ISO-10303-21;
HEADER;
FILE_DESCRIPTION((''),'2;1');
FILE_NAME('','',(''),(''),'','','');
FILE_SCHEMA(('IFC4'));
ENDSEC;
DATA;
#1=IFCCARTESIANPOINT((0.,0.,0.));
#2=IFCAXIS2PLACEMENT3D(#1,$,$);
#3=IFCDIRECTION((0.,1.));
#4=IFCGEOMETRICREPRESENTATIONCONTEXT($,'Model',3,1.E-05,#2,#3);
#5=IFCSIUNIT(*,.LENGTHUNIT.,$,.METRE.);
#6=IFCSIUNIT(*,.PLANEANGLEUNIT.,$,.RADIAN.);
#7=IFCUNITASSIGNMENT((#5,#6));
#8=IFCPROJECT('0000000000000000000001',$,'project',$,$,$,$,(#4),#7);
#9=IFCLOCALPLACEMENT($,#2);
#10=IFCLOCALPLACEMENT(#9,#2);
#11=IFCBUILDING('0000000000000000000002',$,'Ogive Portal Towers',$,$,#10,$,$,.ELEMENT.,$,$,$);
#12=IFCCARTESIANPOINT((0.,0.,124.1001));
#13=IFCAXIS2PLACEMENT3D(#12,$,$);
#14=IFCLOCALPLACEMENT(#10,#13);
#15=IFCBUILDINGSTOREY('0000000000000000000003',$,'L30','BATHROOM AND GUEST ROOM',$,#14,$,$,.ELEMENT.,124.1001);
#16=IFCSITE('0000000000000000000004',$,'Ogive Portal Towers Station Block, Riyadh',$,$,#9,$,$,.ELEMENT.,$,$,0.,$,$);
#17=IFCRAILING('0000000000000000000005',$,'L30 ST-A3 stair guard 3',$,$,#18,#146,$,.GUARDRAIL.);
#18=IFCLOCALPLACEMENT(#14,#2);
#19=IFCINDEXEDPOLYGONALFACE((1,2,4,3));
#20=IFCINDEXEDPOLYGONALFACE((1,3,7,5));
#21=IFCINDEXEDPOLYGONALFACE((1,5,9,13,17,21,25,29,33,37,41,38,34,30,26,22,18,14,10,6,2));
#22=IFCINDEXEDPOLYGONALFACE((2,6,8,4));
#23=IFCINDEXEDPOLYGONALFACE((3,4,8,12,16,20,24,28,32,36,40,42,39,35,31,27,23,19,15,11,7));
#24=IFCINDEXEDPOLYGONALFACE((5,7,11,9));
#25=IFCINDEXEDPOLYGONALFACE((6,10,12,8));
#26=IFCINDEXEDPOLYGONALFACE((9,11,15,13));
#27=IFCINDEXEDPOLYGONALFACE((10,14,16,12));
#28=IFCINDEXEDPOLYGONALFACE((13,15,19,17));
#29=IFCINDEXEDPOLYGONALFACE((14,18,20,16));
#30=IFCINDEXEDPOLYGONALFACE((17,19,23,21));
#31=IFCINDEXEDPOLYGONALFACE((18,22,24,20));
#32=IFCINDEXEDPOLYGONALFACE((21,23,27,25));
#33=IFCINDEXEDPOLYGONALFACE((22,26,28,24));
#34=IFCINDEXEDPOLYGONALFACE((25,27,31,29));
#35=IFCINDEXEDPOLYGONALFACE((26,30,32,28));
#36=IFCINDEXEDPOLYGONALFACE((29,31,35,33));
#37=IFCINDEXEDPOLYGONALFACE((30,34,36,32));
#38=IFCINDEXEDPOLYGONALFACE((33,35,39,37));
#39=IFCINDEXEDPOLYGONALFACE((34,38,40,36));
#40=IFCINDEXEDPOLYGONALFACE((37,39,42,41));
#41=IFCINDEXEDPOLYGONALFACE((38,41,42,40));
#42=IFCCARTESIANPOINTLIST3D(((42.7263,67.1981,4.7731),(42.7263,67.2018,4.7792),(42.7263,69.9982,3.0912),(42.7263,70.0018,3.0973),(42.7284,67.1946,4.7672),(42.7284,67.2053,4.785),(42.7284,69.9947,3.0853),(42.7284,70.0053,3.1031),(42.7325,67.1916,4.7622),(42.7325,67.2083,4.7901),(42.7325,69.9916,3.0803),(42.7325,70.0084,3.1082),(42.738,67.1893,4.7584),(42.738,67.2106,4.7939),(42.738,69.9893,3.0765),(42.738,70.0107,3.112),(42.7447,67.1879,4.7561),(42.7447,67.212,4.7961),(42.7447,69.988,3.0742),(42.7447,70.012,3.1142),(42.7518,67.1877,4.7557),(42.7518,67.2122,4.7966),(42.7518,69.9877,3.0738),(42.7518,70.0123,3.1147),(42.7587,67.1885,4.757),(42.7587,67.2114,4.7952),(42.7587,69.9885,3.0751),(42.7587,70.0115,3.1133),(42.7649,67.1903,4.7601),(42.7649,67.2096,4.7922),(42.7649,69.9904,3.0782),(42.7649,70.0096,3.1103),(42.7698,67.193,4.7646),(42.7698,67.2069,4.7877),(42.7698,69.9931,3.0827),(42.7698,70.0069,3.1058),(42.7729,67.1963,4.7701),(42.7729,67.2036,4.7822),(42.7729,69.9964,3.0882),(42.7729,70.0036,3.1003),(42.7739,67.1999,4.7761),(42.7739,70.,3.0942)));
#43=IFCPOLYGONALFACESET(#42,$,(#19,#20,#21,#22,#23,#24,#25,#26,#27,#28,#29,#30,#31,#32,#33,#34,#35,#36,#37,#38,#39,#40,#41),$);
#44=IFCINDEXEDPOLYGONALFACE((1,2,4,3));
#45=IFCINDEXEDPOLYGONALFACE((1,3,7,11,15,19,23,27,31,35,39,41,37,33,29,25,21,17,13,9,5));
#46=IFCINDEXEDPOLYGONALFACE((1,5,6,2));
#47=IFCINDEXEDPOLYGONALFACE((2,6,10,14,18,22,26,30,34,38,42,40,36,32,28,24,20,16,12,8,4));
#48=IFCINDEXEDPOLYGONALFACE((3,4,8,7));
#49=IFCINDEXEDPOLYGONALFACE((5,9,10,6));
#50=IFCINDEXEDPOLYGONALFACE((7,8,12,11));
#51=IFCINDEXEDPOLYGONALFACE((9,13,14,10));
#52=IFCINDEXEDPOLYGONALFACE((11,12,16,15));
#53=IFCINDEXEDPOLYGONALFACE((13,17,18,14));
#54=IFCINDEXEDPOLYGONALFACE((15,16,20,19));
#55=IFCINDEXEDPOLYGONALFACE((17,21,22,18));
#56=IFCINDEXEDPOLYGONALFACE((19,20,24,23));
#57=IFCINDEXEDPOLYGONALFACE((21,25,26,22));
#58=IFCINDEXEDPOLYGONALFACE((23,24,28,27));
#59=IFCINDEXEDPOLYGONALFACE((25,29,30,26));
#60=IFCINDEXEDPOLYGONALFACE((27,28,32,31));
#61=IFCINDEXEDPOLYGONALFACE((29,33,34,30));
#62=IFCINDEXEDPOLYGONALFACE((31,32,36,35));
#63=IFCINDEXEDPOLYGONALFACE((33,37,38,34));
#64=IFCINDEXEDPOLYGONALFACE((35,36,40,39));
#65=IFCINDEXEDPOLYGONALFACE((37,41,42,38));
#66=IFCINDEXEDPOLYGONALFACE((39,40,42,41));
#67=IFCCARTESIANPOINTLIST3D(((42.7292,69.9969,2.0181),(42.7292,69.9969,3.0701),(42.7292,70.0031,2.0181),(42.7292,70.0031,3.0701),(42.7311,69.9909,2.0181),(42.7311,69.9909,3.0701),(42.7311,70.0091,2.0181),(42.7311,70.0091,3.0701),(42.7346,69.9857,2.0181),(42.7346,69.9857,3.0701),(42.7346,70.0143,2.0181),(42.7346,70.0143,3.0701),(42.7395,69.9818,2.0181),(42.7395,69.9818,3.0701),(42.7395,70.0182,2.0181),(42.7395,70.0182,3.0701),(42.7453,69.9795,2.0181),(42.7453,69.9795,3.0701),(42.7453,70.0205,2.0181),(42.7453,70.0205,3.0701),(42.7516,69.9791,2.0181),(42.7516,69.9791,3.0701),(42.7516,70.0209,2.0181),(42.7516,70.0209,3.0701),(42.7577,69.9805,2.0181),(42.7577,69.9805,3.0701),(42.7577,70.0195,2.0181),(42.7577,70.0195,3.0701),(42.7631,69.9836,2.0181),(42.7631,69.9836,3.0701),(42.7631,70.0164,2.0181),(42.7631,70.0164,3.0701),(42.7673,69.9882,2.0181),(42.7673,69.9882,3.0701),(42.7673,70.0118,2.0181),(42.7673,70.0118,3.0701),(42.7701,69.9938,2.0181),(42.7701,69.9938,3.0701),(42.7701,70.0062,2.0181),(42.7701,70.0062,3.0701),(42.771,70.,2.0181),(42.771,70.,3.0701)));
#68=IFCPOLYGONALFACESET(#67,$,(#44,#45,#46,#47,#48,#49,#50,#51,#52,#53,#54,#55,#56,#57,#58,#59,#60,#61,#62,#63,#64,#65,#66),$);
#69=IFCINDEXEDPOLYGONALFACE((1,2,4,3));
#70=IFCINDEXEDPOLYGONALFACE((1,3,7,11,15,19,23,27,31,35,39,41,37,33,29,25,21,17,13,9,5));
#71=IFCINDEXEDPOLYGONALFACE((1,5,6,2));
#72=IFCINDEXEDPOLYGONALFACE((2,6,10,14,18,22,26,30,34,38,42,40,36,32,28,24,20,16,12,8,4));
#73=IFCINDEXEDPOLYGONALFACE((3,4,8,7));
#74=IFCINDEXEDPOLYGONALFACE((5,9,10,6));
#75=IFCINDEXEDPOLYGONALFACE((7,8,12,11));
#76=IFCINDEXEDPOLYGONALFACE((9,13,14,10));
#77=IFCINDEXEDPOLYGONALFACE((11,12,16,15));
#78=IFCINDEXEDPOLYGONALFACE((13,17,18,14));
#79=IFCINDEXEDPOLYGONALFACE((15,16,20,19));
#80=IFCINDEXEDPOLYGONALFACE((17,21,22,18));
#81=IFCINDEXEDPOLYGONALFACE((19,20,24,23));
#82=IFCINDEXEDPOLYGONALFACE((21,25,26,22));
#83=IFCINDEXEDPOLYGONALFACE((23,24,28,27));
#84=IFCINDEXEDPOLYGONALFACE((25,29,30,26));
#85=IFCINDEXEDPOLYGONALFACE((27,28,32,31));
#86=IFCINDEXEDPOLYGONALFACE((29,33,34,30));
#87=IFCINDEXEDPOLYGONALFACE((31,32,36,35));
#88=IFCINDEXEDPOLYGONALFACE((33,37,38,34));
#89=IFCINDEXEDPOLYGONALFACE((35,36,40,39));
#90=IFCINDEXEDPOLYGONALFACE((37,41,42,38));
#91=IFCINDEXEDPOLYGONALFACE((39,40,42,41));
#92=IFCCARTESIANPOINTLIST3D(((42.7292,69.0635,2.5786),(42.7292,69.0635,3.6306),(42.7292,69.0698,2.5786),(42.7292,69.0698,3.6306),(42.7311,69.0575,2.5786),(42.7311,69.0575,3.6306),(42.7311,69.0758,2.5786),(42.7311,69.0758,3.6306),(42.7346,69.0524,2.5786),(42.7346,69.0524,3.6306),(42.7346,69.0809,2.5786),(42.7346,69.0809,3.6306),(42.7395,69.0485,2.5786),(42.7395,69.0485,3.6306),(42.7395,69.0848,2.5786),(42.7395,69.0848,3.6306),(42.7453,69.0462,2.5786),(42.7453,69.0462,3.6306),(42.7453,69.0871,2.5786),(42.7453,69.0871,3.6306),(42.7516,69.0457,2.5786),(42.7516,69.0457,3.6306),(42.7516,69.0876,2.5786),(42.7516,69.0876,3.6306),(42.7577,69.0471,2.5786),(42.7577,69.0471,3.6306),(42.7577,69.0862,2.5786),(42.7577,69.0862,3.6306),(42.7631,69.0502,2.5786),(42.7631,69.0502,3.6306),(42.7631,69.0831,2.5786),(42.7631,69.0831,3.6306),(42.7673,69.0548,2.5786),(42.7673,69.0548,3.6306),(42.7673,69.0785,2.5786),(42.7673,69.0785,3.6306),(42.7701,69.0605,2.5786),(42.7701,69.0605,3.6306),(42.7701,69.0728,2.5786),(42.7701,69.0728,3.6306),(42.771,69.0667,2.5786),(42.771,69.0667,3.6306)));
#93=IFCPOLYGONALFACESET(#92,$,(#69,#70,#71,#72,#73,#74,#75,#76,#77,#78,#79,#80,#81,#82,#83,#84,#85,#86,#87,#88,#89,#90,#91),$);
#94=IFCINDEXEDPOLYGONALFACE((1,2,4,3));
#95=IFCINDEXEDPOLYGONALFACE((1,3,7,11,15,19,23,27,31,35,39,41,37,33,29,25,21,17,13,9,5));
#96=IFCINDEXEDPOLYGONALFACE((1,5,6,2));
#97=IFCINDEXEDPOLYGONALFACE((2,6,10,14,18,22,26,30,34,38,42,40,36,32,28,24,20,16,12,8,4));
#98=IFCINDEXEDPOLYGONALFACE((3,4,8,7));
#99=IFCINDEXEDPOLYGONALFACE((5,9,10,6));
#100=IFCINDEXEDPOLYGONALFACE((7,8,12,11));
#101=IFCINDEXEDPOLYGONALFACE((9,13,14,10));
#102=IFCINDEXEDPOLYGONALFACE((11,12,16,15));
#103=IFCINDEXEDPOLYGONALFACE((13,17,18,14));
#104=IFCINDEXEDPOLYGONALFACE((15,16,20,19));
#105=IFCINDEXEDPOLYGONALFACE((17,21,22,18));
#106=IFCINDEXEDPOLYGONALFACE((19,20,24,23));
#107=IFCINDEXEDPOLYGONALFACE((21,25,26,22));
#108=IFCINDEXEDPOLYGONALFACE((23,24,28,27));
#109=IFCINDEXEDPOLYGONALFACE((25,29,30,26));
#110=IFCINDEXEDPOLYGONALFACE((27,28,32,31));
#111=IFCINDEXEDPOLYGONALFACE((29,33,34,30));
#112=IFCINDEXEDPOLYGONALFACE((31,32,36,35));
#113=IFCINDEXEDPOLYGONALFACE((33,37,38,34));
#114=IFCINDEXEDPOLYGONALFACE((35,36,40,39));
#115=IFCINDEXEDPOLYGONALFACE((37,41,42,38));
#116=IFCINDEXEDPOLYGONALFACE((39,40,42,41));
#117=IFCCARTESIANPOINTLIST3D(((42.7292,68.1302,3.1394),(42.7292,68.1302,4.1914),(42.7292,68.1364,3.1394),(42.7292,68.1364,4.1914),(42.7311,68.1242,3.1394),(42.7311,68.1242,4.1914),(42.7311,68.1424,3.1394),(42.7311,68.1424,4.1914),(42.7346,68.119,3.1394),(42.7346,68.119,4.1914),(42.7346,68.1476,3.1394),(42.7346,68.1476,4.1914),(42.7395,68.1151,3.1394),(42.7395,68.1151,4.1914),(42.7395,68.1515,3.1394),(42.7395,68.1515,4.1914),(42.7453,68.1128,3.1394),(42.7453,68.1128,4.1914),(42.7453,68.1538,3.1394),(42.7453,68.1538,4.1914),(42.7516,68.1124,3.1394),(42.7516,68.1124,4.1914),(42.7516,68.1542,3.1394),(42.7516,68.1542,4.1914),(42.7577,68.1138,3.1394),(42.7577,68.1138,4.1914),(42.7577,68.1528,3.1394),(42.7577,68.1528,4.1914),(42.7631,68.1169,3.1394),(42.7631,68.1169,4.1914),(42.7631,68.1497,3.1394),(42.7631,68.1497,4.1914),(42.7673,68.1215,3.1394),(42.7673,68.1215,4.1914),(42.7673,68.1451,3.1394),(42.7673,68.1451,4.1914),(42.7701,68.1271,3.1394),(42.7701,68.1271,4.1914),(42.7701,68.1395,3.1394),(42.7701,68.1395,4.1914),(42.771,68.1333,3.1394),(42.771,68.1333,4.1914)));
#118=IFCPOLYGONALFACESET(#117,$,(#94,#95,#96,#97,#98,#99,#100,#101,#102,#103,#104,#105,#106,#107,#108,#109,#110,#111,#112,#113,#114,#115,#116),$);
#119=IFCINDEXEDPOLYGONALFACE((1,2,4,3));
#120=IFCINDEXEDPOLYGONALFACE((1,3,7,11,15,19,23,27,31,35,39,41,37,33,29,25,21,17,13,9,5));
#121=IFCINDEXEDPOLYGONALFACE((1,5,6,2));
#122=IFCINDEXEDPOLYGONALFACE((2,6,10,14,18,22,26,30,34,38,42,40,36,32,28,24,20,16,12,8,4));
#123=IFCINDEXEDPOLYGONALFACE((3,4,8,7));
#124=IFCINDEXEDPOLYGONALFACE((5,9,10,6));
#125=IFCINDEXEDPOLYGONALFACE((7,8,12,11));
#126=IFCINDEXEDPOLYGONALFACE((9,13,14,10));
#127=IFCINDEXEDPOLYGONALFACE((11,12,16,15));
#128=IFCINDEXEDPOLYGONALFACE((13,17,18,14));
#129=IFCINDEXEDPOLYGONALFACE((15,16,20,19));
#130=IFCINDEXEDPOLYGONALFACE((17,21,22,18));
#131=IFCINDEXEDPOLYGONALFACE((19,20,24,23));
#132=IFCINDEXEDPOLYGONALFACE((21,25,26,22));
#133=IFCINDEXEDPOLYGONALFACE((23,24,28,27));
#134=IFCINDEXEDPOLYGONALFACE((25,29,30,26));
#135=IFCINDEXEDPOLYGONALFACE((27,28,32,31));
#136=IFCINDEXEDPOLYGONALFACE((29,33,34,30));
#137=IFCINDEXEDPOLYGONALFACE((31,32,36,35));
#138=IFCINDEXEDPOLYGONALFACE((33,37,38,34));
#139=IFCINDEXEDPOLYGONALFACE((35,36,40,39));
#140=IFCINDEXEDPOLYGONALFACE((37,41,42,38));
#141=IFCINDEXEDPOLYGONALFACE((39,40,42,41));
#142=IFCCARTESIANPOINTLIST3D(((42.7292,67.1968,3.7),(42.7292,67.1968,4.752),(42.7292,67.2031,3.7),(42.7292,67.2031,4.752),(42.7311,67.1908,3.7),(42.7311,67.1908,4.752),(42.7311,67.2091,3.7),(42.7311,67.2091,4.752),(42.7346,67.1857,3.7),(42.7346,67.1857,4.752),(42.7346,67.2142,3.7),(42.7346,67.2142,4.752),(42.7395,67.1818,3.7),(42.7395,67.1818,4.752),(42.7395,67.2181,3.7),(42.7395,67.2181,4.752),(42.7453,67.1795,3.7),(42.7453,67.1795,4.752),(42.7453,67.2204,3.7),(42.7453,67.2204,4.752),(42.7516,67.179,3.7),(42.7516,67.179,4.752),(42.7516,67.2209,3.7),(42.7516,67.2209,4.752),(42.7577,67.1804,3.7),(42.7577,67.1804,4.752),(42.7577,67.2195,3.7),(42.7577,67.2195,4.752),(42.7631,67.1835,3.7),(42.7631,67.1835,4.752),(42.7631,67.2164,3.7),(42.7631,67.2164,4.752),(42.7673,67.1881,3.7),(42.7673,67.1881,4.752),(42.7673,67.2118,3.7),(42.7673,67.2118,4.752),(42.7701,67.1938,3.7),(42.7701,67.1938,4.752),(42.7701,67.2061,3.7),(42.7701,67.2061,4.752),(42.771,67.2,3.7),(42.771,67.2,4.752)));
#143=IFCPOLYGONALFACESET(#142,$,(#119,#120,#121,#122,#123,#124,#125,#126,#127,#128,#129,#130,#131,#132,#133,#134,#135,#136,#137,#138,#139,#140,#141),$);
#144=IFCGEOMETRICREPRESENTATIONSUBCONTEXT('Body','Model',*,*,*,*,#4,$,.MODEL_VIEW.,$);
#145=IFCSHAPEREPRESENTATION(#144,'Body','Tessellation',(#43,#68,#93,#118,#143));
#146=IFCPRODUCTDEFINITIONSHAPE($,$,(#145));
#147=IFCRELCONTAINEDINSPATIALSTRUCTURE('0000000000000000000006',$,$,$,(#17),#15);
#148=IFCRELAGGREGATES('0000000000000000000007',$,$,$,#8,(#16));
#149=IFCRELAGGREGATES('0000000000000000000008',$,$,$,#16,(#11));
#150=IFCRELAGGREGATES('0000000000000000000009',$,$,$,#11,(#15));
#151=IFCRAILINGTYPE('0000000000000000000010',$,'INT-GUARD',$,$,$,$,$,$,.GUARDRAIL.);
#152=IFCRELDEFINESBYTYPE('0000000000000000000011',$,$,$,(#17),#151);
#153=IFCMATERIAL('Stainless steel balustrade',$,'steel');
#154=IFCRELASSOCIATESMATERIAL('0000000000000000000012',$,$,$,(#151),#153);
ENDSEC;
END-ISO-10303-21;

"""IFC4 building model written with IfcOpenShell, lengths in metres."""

from ifc_helpers import new_model, si_unit, direction, frame, origin, origin_2d, place, context, subcontext, project, spatial, circle, extrude, material, type_object, element, save


model = new_model("IFC4")

# Units and contexts
model_context = context("Model", 3, precision=1e-05, world=origin(), true_north=direction((0.0, 1.0)))
body_context = subcontext(model_context, "Body", "Model", "MODEL_VIEW")
ifc_project = project(units=[si_unit("LENGTHUNIT", "METRE"), si_unit("PLANEANGLEUNIT", "RADIAN")], contexts=[model_context])

# Site, building, storey
site_placement = place(None, origin())
site = spatial("IfcSite", under=ifc_project, at=site_placement, Name="Ogive Portal Towers Station Block, Riyadh", CompositionType="ELEMENT", RefElevation=0.0)
building_placement = place(site_placement, origin())
building = spatial("IfcBuilding", under=site, at=building_placement, Name="Ogive Portal Towers", CompositionType="ELEMENT")
storey_placement = place(building_placement, frame((0.0, 0.0, 124.1001)))
storey = spatial("IfcBuildingStorey", under=building, at=storey_placement, Name="L30", Description="BATHROOM AND GUEST ROOM", CompositionType="ELEMENT", Elevation=124.1001)

# Railing
ifc_material_1 = material(Name="Stainless steel balustrade", Category="steel")
railing_type_1 = type_object("IfcRailingType", Name="INT-GUARD", PredefinedType="GUARDRAIL", material=ifc_material_1)
railing_1_placement = place(storey_placement, frame((42.75, 70.0, 2.0181)))
element("IfcRailing", 1, at=railing_1_placement, inside=storey, type_object=railing_type_1, Name="L30 ST-A3 stair guard 3", PredefinedType="GUARDRAIL", context=body_context, shape_type="SweptSolid", body=[
    extrude(circle(Radius=0.0239, at=origin_2d()), frame((0.0, 0.0, 1.0762), z_axis=(0.0, -0.857242, 0.514913), x_axis=(1.0, 0.0, 0.0)), (0.0, 0.0, 1.0), 3.2664),
    extrude(circle(Radius=0.021, at=origin_2d()), origin(), (0.0, 0.0, 1.0), 1.052),
    extrude(circle(Radius=0.021, at=origin_2d()), frame((0.0, -0.9333, 0.5605)), (0.0, 0.0, 1.0), 1.052),
    extrude(circle(Radius=0.021, at=origin_2d()), frame((0.0, -1.8667, 1.1213)), (0.0, 0.0, 1.0), 1.052),
    extrude(circle(Radius=0.021, at=origin_2d()), frame((0.0, -2.8, 1.6819)), (0.0, 0.0, 1.0), 1.052),
])

save(model, "model.ifc")
